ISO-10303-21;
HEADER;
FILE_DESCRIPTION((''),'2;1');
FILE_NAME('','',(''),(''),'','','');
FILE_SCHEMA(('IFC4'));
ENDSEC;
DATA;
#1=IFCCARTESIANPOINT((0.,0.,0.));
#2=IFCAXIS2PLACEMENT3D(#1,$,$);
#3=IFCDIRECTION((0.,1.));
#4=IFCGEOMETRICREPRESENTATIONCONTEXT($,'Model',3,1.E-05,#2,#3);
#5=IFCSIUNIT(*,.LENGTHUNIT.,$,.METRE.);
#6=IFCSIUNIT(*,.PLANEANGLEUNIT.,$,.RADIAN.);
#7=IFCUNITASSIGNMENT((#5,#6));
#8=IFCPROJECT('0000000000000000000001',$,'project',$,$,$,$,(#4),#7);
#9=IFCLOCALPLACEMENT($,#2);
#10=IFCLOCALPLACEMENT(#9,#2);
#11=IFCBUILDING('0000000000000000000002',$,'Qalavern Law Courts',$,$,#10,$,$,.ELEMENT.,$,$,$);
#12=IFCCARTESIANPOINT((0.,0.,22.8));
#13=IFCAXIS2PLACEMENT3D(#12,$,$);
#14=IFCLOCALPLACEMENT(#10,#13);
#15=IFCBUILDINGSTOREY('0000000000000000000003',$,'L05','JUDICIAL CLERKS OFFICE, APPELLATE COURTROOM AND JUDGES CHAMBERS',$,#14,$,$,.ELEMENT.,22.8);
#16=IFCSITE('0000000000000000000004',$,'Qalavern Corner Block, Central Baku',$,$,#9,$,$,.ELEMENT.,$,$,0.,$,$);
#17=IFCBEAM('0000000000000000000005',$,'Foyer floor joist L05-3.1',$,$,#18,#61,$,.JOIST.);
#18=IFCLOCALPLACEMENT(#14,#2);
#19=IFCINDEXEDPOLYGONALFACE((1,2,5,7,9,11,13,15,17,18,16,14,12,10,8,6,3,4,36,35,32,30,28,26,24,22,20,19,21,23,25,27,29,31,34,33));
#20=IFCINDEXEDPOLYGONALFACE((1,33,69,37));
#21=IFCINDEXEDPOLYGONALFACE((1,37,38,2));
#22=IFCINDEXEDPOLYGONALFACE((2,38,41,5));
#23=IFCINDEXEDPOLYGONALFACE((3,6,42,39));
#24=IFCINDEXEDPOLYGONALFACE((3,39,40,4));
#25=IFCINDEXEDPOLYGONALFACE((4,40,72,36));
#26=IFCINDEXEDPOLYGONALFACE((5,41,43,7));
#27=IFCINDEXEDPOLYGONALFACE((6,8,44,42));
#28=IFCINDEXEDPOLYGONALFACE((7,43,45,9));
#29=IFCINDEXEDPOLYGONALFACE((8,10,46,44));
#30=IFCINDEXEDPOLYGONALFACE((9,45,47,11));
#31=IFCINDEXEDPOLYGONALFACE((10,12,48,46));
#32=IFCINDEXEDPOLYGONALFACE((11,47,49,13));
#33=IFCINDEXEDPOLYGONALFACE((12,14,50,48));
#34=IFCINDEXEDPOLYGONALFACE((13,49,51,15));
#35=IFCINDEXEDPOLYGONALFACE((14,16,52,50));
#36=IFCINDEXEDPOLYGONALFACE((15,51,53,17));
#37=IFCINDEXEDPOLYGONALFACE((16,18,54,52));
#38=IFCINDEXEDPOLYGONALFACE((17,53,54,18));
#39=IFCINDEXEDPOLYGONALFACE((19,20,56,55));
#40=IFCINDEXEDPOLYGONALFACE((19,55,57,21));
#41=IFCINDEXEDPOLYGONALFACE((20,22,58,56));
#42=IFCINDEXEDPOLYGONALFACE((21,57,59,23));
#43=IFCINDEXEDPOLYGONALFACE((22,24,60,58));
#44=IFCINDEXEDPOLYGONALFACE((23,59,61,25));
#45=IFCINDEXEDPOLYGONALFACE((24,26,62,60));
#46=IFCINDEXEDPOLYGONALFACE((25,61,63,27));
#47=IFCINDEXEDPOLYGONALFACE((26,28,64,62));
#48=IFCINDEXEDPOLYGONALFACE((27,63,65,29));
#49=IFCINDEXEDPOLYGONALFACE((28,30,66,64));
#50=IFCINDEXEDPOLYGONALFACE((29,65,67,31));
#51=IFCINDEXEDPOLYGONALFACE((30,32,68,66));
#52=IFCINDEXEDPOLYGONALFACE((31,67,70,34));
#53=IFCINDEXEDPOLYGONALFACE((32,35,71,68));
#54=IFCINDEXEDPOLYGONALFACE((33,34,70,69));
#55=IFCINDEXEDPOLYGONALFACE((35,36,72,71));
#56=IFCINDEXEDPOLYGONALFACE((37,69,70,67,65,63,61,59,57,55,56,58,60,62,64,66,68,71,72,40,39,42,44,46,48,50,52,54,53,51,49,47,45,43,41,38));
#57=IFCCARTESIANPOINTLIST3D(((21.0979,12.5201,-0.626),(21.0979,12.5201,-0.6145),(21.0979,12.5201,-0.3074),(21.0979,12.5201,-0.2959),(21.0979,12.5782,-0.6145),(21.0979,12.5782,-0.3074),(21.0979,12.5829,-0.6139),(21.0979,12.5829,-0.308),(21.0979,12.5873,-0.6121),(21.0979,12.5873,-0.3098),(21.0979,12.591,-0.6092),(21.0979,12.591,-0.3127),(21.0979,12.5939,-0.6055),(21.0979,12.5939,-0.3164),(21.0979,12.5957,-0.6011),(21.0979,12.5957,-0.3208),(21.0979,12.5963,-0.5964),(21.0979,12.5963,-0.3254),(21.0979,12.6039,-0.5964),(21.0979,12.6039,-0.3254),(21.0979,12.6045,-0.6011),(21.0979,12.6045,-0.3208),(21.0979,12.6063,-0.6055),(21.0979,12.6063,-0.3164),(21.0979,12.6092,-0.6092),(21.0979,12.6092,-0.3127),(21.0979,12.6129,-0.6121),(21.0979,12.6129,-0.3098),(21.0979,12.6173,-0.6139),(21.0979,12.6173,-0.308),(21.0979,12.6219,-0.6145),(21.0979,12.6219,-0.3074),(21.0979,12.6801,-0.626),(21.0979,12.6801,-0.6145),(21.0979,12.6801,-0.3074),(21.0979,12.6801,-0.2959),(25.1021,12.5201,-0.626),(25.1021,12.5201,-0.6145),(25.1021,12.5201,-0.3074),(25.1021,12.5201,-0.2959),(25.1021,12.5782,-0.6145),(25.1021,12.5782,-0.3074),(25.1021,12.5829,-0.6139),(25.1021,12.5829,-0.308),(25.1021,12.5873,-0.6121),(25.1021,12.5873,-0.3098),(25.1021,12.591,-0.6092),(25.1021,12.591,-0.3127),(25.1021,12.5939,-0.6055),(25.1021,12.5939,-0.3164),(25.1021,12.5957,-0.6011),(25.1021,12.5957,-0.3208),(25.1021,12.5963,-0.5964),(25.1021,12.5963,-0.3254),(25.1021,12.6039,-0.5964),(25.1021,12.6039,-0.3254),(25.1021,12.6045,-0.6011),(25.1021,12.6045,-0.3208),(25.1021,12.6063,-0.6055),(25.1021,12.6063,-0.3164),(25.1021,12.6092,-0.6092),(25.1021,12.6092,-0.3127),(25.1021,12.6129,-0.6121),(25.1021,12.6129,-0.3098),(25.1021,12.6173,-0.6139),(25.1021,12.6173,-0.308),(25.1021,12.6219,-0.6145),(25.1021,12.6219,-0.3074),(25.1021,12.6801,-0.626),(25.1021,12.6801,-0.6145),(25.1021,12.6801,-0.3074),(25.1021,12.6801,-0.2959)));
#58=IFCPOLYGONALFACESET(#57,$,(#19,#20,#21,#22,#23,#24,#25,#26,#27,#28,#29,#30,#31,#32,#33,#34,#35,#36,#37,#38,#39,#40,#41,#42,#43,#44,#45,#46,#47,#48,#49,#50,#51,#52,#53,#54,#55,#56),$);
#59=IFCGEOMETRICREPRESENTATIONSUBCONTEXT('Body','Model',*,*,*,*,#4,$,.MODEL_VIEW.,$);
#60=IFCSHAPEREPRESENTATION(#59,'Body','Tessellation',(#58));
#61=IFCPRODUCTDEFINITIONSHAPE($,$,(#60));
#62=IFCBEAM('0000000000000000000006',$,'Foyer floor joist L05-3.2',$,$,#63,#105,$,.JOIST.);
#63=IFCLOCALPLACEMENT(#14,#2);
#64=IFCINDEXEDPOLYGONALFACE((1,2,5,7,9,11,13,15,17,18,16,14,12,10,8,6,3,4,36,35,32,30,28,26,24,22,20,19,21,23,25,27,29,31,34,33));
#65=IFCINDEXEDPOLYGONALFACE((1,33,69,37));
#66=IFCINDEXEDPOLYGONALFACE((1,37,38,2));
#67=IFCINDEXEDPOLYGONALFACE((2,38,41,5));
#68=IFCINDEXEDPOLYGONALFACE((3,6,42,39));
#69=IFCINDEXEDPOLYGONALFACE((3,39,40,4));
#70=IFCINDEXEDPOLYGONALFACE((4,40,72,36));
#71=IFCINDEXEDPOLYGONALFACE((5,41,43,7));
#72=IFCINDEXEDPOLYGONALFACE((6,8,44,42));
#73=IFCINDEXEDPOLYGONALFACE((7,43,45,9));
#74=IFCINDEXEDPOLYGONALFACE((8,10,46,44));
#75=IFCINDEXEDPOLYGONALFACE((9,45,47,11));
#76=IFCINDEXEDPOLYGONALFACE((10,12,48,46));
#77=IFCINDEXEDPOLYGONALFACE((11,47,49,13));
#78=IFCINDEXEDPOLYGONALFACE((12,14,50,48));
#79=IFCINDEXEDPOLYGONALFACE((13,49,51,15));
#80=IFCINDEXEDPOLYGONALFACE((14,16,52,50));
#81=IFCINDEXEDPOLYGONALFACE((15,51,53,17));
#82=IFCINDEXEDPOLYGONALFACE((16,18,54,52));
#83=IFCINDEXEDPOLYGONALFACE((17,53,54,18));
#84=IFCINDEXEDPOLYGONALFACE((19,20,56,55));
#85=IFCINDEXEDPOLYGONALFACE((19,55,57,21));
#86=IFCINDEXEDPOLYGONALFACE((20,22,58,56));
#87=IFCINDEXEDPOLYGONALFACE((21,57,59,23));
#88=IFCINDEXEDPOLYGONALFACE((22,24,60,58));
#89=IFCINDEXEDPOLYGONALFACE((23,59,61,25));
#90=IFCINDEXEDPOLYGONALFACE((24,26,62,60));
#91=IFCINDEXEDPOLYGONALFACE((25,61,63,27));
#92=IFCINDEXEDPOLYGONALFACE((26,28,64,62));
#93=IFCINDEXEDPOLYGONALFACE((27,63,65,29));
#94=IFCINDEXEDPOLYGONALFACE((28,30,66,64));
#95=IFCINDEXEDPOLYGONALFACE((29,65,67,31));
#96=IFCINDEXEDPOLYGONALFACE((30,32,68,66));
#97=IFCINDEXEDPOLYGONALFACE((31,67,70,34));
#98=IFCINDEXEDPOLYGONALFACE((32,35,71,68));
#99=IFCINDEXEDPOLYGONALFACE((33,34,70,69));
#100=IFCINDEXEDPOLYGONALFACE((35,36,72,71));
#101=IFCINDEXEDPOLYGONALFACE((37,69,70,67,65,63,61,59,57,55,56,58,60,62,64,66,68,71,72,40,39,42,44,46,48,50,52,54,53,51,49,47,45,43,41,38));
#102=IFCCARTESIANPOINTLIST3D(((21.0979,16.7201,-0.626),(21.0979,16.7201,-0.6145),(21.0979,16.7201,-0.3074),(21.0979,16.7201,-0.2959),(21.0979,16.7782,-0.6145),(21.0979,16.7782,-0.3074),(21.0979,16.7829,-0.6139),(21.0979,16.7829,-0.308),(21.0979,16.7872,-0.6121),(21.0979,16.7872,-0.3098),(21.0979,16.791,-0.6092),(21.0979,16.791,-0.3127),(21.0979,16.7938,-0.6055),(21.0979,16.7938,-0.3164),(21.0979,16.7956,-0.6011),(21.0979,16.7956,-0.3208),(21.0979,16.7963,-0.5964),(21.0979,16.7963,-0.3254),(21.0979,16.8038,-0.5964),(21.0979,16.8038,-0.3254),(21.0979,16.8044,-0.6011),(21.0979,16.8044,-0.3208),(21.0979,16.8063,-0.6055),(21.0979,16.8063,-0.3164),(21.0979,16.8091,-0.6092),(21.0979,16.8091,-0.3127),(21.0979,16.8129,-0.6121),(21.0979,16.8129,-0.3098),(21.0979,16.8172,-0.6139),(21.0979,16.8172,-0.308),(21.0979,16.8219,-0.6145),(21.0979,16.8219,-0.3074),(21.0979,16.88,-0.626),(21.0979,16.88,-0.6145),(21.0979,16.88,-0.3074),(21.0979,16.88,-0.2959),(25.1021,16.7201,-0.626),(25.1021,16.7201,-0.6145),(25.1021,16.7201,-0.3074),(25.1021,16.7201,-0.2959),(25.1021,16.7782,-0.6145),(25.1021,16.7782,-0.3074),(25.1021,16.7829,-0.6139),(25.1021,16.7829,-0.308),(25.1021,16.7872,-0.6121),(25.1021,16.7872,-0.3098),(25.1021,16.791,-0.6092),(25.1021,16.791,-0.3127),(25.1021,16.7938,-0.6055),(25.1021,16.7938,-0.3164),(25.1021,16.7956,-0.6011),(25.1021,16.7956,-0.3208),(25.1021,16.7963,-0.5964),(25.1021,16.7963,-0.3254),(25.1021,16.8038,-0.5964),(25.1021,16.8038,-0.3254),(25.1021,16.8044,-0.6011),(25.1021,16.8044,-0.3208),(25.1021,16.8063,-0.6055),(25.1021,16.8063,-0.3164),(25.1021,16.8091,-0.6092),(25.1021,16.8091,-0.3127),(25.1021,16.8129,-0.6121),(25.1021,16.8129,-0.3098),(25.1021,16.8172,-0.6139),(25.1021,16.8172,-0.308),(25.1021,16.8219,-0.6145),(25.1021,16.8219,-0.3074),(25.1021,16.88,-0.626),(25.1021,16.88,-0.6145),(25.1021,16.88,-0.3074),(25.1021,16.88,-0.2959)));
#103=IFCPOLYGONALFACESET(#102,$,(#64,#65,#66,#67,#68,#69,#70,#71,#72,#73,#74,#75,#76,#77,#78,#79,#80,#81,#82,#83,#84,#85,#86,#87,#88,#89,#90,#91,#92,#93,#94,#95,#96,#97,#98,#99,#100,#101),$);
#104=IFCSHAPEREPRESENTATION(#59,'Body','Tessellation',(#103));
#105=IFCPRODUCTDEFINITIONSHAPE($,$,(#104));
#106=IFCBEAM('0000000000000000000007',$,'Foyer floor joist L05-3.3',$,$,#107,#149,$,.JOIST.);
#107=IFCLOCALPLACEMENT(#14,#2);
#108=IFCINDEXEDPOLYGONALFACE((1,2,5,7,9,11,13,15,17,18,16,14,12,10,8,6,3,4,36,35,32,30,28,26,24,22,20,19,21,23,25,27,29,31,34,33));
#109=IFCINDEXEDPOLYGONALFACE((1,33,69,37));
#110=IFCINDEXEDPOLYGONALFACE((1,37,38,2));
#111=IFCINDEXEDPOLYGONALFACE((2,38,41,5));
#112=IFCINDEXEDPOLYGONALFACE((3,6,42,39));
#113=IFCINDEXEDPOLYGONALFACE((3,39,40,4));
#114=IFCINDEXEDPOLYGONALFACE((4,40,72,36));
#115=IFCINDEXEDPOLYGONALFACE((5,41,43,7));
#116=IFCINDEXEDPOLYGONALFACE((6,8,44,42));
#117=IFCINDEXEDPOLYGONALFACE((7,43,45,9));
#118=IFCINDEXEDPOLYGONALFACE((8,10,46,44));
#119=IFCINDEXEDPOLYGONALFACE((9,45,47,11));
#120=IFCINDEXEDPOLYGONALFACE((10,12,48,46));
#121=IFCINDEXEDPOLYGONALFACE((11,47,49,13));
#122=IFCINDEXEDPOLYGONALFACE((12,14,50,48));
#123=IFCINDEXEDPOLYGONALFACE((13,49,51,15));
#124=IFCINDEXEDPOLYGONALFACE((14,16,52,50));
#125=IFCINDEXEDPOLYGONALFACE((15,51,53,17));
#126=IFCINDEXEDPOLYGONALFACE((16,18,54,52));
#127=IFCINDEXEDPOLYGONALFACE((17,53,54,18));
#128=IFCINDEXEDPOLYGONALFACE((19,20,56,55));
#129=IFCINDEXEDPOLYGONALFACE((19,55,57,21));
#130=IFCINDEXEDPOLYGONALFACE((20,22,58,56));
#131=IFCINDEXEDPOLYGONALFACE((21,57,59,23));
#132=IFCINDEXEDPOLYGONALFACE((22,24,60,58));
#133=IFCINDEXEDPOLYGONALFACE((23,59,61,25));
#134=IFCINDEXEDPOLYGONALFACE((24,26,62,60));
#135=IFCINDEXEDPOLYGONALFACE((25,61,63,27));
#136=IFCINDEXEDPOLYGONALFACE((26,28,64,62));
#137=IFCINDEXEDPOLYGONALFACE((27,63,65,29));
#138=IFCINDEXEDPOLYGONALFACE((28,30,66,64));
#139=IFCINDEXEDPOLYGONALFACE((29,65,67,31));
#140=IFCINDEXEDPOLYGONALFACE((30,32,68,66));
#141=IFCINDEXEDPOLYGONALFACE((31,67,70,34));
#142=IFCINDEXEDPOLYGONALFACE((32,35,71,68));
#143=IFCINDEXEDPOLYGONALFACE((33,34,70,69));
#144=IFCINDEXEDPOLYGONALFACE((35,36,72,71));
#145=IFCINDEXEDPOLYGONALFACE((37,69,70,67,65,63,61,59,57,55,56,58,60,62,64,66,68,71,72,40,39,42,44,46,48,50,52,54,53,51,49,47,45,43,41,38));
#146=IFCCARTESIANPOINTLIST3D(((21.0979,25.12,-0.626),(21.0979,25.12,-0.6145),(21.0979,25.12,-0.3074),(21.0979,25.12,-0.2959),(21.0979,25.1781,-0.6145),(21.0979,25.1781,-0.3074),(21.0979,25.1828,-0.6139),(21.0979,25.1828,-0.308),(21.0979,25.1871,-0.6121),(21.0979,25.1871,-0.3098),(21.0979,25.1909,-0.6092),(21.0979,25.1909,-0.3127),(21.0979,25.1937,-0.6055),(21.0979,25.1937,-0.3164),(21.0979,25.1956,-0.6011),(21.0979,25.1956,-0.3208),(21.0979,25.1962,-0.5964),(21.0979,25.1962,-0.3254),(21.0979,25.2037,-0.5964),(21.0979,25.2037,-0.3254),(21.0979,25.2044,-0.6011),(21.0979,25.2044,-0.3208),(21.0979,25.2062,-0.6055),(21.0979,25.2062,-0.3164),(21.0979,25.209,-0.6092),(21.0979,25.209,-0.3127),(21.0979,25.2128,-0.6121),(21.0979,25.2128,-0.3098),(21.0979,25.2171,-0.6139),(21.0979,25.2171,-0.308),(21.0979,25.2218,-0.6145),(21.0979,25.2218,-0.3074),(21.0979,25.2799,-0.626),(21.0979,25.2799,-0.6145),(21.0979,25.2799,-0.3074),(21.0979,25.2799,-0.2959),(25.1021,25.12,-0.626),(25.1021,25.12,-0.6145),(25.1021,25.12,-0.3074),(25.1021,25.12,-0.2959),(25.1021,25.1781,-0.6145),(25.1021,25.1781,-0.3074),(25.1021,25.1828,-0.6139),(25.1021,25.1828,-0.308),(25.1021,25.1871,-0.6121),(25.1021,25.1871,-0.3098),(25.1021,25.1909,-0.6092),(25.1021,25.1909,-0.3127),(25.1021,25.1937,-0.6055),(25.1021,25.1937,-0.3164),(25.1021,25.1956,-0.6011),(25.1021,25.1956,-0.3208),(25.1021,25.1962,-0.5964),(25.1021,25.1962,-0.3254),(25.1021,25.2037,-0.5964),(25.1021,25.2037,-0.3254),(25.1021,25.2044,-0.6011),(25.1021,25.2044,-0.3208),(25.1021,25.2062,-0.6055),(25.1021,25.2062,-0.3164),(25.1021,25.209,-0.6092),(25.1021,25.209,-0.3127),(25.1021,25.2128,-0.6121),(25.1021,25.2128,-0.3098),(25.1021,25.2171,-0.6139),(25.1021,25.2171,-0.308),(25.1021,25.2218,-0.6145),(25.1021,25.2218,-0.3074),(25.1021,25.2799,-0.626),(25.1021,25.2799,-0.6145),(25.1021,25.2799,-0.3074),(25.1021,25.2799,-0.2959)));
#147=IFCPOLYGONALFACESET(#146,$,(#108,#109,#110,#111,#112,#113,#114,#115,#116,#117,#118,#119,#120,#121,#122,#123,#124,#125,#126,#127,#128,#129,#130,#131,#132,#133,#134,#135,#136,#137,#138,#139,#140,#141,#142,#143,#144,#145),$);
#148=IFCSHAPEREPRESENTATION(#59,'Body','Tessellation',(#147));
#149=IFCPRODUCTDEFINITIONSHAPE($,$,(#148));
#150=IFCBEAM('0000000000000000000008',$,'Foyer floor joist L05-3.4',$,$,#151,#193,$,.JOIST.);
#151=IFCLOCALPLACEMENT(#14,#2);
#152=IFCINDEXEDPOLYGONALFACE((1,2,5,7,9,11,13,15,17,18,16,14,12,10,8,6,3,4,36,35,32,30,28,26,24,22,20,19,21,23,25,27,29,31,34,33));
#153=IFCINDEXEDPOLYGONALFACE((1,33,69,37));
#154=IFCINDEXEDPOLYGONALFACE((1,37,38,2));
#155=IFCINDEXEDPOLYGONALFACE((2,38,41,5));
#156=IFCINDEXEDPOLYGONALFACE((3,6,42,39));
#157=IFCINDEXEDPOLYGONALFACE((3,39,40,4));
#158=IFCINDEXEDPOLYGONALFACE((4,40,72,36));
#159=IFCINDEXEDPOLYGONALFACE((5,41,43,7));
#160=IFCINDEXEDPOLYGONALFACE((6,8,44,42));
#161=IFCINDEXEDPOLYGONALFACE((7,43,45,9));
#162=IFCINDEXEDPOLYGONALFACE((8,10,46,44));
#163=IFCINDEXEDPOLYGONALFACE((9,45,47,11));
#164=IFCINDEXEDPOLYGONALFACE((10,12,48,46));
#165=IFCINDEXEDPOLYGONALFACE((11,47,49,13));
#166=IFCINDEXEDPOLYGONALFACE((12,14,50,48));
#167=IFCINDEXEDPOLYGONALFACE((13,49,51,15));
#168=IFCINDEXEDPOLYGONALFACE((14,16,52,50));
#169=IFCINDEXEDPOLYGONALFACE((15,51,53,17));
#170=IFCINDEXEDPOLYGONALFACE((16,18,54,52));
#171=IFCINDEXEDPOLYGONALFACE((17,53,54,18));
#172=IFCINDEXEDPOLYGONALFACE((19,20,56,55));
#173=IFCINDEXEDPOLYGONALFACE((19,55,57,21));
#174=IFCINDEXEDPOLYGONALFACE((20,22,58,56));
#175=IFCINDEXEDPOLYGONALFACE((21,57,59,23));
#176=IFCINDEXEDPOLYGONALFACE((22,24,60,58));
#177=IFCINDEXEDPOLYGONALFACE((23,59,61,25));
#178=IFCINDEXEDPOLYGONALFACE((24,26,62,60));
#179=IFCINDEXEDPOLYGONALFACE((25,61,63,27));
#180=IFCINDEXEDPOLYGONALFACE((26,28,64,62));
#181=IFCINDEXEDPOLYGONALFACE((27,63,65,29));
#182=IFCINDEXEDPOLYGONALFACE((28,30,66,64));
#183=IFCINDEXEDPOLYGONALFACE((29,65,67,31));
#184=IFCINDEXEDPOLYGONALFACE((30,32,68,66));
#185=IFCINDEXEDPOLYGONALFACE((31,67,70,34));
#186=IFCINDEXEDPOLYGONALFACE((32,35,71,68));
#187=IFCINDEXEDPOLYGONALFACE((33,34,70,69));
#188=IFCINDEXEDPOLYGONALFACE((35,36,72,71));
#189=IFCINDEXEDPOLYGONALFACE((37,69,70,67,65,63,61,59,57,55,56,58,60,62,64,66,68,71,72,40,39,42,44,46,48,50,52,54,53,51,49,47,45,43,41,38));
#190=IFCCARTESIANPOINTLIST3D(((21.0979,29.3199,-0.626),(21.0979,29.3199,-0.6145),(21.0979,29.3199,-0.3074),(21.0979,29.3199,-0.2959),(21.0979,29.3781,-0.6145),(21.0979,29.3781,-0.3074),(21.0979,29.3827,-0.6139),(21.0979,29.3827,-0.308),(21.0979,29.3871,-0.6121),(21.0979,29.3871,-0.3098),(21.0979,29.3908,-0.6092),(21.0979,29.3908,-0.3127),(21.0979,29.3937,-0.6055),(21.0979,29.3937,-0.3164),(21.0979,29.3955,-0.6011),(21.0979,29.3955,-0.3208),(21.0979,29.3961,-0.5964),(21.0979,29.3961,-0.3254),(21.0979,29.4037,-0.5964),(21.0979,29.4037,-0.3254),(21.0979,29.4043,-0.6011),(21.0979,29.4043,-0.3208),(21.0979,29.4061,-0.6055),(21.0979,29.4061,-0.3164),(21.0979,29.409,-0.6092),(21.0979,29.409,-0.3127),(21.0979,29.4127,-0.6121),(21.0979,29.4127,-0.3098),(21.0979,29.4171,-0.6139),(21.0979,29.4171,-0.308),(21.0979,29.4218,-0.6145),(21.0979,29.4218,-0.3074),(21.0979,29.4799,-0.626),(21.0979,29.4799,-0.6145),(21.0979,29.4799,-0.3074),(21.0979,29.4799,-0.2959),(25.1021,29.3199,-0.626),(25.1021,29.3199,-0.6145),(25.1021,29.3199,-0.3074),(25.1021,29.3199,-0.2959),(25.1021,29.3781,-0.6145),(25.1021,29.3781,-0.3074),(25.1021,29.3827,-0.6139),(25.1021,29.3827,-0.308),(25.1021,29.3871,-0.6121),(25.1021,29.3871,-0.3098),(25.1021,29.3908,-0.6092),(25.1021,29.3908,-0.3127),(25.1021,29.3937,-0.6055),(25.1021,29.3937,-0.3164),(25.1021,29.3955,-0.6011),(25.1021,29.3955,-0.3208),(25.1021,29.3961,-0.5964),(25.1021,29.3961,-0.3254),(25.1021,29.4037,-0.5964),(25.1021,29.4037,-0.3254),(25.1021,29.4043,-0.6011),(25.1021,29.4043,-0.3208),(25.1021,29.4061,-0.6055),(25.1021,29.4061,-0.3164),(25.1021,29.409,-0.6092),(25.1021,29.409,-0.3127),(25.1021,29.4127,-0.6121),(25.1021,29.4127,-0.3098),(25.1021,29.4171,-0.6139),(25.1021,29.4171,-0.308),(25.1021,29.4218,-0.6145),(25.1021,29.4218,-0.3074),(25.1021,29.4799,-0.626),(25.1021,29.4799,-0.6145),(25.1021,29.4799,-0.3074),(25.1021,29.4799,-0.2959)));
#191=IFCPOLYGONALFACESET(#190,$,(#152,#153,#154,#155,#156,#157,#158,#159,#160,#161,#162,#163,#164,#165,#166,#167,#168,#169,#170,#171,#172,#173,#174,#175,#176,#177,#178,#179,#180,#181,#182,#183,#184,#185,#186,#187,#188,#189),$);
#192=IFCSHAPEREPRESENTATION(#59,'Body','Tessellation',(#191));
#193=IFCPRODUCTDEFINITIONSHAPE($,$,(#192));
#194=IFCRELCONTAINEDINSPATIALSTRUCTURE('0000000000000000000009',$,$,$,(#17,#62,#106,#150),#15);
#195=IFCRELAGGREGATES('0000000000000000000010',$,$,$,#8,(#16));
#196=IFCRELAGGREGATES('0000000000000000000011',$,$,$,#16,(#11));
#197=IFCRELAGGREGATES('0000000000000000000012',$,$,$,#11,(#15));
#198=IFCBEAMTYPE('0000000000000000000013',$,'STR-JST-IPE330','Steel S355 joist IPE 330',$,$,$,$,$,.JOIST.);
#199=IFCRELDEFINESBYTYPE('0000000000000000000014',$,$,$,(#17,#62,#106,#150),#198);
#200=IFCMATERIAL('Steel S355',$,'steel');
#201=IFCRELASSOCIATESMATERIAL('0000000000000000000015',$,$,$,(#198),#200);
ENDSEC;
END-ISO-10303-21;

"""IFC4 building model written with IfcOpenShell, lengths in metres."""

from ifc_helpers import new_model, si_unit, direction, frame, origin, origin_2d, place, context, subcontext, project, spatial, i_section, extrude, material, material_profile, profile_set, type_object, element, save


model = new_model("IFC4")

# Units and contexts
model_context = context("Model", 3, precision=1e-05, world=origin(), true_north=direction((0.0, 1.0)))
body_context = subcontext(model_context, "Body", "Model", "MODEL_VIEW")
ifc_project = project(units=[si_unit("LENGTHUNIT", "METRE"), si_unit("PLANEANGLEUNIT", "RADIAN")], contexts=[model_context])

# Site, building, storey
site_placement = place(None, origin())
site = spatial("IfcSite", under=ifc_project, at=site_placement, Name="Qalavern Corner Block, Central Baku", CompositionType="ELEMENT", RefElevation=0.0)
building_placement = place(site_placement, origin())
building = spatial("IfcBuilding", under=site, at=building_placement, Name="Qalavern Law Courts", CompositionType="ELEMENT")
storey_placement = place(building_placement, frame((0.0, 0.0, 22.8)))
storey = spatial("IfcBuildingStorey", under=building, at=storey_placement, Name="L05", Description="JUDICIAL CLERKS OFFICE, APPELLATE COURTROOM AND JUDGES CHAMBERS", CompositionType="ELEMENT", Elevation=22.8)

# Beams
ifc_material_1 = material(Name="Steel S355", Category="steel")
ifc_material_profile_1 = material_profile(ifc_material_1, i_section(OverallWidth=0.1599, OverallDepth=0.3301, WebThickness=0.0076, FlangeThickness=0.0115, FilletRadius=0.0181, at=origin_2d()), Name="IPE 330")
ifc_profile_set_1 = profile_set([ifc_material_profile_1], Name="Steel S355")
beam_type_1 = type_object("IfcBeamType", Name="STR-JST-IPE330", Description="Steel S355 joist IPE 330", PredefinedType="JOIST", material=ifc_profile_set_1)
for number, where, z_axis, x_axis, name in (
    (1, (21.0979, 12.6001, -0.4609), (1.0, 0.0, 0.0), (0.0, 1.0, 0.0), "Foyer floor joist L05-3.1"),
    (2, (21.0979, 16.8, -0.4609), (1.0, 0.0, 0.0), (0.0, 1.0, 0.0), "Foyer floor joist L05-3.2"),
    (3, (21.0979, 25.2, -0.4609), (1.0, 0.0, 0.0), (0.0, 1.0, 0.0), "Foyer floor joist L05-3.3"),
    (4, (21.0979, 29.3999, -0.4609), (1.0, 0.0, 0.0), (0.0, 1.0, 0.0), "Foyer floor joist L05-3.4"),
):
    element("IfcBeam", number, at=place(storey_placement, frame(where, z_axis=z_axis, x_axis=x_axis)), inside=storey, type_object=beam_type_1, Name=name, PredefinedType="JOIST", context=body_context, shape_type="SweptSolid", body=[
        extrude(i_section(OverallWidth=0.1599, OverallDepth=0.3301, WebThickness=0.0076, FlangeThickness=0.0115, FilletRadius=0.0181, at=origin_2d()), origin(), (0.0, 0.0, 1.0), 4.0042),
    ])

save(model, "model.ifc")
